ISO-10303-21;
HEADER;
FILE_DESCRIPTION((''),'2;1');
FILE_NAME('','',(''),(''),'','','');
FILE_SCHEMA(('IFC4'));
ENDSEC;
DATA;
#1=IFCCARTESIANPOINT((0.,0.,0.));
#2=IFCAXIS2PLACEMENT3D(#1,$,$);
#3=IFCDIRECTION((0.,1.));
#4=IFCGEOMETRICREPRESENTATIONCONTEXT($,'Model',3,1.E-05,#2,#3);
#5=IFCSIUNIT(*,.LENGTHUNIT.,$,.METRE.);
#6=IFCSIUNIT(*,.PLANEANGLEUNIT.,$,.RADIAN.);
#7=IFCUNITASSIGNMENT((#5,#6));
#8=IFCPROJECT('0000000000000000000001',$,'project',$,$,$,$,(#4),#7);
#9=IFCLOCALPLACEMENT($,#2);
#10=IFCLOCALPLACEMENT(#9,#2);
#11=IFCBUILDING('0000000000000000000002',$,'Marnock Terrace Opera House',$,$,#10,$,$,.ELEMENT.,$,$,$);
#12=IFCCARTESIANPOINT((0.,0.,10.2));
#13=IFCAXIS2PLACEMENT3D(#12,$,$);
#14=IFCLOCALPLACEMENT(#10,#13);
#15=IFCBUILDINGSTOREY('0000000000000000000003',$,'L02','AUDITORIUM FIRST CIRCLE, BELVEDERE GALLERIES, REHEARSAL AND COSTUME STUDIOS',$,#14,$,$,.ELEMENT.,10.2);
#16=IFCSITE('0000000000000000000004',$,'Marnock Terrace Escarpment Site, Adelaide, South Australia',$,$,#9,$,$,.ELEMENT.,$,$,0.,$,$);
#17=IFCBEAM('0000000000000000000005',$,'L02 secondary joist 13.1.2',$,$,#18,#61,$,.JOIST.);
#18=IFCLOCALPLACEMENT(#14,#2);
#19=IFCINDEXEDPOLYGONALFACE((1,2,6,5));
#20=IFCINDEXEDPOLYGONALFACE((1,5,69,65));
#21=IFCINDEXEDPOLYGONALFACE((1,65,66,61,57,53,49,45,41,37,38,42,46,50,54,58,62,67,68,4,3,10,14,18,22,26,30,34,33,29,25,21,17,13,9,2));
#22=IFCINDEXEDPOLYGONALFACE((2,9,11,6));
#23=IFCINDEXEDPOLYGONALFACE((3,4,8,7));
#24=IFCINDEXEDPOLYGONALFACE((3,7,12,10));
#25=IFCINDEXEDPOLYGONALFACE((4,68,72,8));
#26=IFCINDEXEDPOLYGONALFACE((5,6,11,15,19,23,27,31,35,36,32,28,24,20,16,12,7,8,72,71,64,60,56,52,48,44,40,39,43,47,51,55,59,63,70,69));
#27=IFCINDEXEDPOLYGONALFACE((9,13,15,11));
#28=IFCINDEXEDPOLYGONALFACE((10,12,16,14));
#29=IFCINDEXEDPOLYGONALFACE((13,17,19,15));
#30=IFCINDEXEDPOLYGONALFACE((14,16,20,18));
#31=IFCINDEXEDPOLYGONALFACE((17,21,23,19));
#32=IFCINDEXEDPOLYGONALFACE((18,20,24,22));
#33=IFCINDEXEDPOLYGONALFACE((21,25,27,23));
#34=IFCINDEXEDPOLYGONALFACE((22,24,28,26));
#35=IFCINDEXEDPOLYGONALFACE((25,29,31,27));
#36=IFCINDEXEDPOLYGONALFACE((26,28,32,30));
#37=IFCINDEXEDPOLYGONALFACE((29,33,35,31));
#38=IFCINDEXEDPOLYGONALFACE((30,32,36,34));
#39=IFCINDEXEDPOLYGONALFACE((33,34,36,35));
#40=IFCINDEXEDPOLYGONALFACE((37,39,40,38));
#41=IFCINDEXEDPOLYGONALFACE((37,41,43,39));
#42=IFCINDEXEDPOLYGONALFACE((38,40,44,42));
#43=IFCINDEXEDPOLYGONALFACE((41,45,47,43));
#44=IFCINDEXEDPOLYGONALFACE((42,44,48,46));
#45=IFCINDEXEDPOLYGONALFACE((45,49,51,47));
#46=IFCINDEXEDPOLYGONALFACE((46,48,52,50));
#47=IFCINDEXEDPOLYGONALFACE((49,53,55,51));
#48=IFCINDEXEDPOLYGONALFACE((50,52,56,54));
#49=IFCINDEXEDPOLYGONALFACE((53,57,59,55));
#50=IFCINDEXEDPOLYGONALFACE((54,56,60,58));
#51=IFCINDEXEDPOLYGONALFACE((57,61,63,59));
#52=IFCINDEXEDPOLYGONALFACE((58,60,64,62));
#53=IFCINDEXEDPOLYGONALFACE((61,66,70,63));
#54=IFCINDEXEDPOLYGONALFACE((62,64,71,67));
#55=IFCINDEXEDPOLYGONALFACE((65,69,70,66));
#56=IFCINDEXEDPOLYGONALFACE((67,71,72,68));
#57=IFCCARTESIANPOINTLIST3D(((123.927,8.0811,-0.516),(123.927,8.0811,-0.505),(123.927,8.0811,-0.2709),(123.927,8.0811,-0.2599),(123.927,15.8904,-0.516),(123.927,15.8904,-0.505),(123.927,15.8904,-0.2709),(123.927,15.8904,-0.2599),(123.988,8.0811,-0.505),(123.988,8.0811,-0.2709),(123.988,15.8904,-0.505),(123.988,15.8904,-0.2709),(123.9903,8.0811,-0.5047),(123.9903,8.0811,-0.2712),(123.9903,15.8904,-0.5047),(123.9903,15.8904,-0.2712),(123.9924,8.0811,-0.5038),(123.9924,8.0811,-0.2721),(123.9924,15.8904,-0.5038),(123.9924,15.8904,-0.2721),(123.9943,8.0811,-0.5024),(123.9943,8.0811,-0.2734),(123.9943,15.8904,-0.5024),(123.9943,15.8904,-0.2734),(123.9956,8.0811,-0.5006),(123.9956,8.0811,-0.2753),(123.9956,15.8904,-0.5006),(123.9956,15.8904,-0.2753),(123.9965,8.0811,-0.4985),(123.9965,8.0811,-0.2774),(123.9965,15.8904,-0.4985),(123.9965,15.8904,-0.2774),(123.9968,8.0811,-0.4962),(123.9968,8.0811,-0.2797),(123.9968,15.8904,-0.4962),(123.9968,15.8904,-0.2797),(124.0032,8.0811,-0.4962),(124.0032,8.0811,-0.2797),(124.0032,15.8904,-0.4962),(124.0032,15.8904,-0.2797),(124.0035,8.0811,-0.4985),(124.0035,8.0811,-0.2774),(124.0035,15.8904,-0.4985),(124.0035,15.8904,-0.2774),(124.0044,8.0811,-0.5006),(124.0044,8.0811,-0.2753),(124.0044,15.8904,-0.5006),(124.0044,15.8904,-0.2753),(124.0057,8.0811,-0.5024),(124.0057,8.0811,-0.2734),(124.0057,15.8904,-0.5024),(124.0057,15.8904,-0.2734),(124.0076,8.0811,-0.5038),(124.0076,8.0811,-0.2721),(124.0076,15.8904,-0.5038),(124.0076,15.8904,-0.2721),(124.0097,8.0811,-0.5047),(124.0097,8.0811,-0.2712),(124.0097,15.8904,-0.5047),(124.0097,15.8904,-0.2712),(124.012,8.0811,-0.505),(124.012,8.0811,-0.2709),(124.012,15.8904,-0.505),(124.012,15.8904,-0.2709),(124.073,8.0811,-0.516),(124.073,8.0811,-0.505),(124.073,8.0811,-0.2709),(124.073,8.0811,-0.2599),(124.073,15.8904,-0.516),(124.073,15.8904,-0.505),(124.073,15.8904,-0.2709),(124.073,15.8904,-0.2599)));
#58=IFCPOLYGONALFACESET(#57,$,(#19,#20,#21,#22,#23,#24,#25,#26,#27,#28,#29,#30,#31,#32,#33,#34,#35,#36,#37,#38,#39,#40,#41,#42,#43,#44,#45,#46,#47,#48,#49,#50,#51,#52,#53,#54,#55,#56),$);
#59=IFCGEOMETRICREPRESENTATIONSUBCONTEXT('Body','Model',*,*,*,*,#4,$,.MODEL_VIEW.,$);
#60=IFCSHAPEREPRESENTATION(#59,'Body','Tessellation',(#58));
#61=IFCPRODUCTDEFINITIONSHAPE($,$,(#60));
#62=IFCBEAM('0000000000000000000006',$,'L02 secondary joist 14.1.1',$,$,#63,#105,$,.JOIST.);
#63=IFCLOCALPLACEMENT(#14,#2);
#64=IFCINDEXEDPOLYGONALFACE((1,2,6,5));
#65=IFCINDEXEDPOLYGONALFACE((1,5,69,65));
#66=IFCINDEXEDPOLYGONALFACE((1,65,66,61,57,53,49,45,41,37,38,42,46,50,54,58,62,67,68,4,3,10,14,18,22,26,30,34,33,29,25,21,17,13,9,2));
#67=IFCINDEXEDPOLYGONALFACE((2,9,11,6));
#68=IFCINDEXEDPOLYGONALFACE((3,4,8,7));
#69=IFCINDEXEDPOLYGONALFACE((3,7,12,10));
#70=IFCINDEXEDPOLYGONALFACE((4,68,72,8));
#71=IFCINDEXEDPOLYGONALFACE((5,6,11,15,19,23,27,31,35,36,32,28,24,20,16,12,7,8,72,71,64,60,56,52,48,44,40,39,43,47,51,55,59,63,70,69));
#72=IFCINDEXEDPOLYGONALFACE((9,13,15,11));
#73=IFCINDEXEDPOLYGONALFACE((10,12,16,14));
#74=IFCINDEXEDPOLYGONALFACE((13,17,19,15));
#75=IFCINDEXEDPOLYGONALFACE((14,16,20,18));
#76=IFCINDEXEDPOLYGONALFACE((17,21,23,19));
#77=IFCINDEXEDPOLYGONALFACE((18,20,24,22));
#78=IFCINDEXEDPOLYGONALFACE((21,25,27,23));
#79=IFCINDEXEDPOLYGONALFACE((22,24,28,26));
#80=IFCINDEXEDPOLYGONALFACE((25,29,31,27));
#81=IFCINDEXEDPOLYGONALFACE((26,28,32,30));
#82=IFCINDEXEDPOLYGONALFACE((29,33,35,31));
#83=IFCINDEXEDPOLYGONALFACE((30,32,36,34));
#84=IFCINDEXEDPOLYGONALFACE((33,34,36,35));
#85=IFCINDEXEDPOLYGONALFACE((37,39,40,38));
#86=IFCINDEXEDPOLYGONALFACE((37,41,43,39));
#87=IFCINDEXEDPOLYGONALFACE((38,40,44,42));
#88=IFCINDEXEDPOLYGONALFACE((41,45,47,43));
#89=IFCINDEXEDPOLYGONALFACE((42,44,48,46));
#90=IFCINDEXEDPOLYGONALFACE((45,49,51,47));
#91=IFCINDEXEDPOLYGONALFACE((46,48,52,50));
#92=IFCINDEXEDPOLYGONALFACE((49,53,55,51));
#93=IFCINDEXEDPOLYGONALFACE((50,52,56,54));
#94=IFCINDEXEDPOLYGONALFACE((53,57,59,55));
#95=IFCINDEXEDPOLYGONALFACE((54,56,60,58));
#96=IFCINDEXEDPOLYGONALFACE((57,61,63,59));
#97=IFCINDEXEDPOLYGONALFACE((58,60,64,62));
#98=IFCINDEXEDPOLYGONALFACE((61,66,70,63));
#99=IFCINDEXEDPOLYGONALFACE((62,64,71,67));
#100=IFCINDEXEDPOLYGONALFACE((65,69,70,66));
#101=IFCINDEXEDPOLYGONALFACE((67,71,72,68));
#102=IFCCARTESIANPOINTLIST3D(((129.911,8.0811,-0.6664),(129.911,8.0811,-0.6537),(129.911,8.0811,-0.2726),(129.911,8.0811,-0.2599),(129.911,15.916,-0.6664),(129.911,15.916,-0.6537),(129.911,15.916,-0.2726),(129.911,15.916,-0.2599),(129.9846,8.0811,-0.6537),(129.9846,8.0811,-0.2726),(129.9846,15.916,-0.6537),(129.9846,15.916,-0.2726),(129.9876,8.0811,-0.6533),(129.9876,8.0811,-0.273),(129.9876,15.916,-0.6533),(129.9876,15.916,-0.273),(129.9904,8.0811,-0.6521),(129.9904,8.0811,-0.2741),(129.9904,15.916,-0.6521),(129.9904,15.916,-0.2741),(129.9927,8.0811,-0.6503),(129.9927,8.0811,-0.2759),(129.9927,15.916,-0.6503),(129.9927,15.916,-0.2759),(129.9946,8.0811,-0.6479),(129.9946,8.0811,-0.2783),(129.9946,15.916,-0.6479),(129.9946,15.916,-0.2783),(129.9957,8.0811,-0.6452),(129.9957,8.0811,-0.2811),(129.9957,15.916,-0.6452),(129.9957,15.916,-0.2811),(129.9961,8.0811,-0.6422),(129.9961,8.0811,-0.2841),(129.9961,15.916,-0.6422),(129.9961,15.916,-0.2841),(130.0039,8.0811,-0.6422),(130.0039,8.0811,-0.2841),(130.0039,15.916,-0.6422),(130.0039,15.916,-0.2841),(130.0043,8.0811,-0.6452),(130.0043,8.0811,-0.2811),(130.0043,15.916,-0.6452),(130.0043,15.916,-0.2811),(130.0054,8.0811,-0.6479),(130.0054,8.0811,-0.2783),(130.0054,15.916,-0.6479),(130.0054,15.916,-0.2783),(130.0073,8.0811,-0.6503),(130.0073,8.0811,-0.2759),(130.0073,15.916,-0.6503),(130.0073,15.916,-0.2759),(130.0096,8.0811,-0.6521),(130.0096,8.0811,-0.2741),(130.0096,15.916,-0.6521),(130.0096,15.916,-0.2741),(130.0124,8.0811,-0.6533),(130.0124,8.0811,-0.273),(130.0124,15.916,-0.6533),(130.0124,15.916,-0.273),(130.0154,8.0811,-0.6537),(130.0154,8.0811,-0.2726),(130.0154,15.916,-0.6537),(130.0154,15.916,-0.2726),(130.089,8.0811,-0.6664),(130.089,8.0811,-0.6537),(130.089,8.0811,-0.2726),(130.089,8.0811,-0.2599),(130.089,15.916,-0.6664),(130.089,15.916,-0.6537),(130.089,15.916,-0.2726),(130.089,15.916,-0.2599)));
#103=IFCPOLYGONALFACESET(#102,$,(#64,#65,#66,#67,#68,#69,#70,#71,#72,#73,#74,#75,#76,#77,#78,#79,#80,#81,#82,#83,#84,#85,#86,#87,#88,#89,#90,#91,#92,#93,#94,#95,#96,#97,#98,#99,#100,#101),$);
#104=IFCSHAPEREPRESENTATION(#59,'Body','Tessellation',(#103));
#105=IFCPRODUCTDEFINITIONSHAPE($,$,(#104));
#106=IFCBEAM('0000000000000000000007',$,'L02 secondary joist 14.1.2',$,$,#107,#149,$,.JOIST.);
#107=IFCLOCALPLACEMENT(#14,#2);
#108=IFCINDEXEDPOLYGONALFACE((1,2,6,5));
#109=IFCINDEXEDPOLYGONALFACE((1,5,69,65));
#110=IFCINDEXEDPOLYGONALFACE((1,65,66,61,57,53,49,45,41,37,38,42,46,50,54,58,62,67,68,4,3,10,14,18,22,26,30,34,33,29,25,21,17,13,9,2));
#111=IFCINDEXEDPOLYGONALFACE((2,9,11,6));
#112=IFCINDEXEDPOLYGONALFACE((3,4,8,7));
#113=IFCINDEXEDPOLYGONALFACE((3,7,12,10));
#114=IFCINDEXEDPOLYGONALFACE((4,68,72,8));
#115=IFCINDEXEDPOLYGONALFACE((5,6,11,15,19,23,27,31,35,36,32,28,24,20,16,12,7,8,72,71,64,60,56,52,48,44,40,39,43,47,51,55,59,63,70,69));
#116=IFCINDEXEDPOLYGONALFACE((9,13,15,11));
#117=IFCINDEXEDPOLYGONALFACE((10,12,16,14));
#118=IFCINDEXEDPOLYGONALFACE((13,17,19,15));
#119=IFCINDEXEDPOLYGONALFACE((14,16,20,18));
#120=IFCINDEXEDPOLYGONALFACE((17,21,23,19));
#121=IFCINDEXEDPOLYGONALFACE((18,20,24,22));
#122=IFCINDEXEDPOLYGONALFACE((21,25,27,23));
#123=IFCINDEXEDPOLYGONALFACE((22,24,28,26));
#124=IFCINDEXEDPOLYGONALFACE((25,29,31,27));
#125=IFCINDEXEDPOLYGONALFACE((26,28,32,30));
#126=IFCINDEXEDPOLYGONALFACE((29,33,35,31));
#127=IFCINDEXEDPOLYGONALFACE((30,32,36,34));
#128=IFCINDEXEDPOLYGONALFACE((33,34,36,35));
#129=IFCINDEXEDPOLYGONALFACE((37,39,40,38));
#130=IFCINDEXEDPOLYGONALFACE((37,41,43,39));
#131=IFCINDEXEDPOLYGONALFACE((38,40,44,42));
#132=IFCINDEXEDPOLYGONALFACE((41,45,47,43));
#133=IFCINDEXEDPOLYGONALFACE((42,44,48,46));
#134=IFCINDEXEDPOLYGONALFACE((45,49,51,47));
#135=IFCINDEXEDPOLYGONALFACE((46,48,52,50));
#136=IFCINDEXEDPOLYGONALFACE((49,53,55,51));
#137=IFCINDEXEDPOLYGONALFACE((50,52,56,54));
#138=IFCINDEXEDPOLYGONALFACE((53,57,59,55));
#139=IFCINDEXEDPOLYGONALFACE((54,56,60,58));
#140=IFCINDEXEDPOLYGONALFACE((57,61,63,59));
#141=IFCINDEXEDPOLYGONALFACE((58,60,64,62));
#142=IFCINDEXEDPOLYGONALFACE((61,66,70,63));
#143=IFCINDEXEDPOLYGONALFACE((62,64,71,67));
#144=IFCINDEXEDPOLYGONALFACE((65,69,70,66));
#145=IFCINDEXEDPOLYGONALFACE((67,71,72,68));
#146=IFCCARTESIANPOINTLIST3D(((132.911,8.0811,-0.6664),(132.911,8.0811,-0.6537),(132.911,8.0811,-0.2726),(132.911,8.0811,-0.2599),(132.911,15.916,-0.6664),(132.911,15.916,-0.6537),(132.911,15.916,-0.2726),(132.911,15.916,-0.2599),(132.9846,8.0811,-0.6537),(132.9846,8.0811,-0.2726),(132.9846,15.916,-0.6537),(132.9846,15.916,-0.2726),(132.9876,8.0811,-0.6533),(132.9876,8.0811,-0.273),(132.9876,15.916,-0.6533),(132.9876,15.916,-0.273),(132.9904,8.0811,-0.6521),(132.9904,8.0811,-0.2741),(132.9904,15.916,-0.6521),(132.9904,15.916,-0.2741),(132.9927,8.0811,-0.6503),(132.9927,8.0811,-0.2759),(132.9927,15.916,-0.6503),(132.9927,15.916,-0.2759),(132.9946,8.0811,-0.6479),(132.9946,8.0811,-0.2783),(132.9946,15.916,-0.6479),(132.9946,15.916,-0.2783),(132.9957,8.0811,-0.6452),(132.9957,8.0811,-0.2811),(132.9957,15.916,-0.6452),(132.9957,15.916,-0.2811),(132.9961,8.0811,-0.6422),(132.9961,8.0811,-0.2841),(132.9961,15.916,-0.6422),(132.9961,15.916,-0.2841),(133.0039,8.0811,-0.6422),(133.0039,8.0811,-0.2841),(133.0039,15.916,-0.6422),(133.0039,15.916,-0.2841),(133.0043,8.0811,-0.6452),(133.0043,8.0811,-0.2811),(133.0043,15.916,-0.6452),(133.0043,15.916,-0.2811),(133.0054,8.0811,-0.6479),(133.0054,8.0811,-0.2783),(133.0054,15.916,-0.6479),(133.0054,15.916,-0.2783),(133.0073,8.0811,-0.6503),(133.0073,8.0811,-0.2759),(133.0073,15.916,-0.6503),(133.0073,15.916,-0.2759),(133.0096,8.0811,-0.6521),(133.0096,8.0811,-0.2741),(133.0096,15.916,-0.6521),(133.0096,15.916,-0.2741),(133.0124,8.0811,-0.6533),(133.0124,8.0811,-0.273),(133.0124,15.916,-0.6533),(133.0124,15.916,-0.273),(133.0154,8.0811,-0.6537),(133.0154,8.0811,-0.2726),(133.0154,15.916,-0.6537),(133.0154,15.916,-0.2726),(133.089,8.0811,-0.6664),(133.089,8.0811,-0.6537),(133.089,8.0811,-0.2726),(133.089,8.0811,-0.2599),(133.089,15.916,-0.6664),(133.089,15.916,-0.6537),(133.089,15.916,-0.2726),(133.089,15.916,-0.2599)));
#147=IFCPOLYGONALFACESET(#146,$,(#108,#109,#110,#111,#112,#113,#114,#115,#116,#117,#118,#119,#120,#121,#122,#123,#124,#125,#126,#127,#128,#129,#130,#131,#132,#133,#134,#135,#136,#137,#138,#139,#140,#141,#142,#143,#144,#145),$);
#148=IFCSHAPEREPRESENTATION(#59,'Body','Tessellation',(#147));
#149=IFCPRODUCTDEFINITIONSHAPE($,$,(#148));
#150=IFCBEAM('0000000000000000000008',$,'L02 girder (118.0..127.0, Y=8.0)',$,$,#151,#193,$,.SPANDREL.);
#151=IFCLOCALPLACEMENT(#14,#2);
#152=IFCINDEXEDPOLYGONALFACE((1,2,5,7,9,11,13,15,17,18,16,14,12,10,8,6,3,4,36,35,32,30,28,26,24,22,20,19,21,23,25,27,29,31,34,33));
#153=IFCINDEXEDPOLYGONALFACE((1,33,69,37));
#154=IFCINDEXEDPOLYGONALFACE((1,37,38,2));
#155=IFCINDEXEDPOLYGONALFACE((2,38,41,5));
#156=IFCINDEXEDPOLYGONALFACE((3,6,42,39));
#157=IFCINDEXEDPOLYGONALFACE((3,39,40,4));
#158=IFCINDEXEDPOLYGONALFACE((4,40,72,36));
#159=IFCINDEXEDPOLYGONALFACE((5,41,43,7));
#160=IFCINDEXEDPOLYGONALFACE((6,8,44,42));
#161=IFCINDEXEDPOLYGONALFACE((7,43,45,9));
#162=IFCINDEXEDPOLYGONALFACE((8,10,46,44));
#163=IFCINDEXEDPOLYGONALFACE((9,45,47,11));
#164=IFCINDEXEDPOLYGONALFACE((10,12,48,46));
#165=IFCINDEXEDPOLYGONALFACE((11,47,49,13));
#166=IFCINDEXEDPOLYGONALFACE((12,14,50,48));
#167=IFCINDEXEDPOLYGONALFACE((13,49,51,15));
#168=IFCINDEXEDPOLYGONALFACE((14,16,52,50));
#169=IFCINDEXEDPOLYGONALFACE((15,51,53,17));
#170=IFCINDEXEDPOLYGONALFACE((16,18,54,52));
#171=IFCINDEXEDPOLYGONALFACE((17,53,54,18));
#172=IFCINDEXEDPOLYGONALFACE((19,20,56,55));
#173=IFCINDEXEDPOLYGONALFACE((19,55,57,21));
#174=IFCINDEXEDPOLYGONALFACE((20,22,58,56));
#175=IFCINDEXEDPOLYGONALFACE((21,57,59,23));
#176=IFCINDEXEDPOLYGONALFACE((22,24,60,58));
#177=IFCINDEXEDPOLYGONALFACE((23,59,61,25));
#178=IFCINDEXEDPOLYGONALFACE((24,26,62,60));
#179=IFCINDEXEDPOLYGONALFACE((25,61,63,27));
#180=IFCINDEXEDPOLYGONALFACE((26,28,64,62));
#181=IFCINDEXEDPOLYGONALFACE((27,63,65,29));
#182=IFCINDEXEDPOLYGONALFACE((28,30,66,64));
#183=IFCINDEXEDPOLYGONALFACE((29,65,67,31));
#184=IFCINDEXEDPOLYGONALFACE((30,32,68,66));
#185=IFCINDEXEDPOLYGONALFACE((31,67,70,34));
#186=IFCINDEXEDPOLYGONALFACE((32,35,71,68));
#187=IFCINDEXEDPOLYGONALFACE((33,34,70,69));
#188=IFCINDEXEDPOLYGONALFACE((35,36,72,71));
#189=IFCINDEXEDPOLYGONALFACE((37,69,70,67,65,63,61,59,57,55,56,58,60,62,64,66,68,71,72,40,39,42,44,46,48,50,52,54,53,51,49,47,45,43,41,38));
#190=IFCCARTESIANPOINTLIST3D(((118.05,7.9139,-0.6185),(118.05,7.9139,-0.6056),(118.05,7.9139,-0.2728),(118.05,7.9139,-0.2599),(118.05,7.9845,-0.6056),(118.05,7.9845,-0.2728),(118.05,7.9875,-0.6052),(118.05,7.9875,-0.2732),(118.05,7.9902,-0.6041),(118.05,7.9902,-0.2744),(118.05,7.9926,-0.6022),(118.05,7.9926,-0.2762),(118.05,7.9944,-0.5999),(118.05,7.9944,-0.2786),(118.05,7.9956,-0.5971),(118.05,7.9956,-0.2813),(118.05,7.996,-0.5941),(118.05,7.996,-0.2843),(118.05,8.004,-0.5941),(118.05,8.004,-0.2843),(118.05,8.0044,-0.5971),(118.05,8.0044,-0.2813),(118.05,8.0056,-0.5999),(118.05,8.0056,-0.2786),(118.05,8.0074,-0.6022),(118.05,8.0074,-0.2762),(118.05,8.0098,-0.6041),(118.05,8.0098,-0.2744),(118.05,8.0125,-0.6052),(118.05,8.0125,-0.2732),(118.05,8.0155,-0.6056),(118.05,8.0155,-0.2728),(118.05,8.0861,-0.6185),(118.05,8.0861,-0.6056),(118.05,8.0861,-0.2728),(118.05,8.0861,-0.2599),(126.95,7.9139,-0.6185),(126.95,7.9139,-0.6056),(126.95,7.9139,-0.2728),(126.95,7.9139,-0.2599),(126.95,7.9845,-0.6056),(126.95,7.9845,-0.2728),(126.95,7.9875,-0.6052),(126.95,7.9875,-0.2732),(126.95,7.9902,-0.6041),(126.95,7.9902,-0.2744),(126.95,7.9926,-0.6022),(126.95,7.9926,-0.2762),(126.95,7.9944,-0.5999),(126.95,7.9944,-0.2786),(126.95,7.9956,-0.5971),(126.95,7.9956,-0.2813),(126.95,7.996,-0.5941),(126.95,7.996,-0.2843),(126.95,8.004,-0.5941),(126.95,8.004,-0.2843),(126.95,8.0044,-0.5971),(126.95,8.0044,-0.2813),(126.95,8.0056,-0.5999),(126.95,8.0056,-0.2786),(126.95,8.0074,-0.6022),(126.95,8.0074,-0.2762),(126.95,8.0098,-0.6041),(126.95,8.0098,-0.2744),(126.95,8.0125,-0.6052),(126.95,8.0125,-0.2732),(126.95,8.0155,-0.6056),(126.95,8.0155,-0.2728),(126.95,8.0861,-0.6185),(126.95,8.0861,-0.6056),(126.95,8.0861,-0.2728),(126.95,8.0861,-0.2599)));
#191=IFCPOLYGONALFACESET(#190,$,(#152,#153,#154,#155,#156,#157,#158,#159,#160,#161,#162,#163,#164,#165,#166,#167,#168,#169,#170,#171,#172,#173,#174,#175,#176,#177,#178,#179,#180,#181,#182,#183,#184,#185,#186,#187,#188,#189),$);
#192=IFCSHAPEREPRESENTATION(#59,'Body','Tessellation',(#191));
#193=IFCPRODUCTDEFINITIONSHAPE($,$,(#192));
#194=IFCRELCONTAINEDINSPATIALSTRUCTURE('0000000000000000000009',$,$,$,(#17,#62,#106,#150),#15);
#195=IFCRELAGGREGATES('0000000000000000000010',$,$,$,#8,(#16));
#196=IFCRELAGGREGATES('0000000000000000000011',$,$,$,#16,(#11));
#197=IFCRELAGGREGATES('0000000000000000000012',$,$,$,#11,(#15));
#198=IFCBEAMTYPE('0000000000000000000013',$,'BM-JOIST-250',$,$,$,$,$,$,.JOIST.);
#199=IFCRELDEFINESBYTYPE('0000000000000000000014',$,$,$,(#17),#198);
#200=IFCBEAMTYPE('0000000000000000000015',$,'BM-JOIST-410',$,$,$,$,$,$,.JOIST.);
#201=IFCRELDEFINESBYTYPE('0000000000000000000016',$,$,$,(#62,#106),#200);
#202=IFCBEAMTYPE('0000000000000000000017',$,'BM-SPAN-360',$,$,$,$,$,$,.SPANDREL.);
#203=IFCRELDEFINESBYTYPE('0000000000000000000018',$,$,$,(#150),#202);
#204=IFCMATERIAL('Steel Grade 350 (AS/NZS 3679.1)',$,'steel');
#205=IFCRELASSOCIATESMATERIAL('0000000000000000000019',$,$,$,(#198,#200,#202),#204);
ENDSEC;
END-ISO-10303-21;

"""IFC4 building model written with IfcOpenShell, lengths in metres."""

from ifc_helpers import new_model, si_unit, direction, frame, origin, origin_2d, place, context, subcontext, project, spatial, i_section, extrude, material, material_profile, profile_set, type_object, element, save


model = new_model("IFC4")

# Units and contexts
model_context = context("Model", 3, precision=1e-05, world=origin(), true_north=direction((0.0, 1.0)))
body_context = subcontext(model_context, "Body", "Model", "MODEL_VIEW")
ifc_project = project(units=[si_unit("LENGTHUNIT", "METRE"), si_unit("PLANEANGLEUNIT", "RADIAN")], contexts=[model_context])

# Site, building, storey
site_placement = place(None, origin())
site = spatial("IfcSite", under=ifc_project, at=site_placement, Name="Marnock Terrace Escarpment Site, Adelaide, South Australia", CompositionType="ELEMENT", RefElevation=0.0)
building_placement = place(site_placement, origin())
building = spatial("IfcBuilding", under=site, at=building_placement, Name="Marnock Terrace Opera House", CompositionType="ELEMENT")
storey_placement = place(building_placement, frame((0.0, 0.0, 10.2)))
storey = spatial("IfcBuildingStorey", under=building, at=storey_placement, Name="L02", Description="AUDITORIUM FIRST CIRCLE, BELVEDERE GALLERIES, REHEARSAL AND COSTUME STUDIOS", CompositionType="ELEMENT", Elevation=10.2)

# Beams
ifc_material_1 = material(Name="Steel Grade 350 (AS/NZS 3679.1)", Category="steel")
ifc_material_profile_1 = material_profile(ifc_material_1, i_section(OverallWidth=0.146, OverallDepth=0.2561, WebThickness=0.0063, FlangeThickness=0.011, FilletRadius=0.0088, at=origin_2d()))
ifc_profile_set_1 = profile_set([ifc_material_profile_1], Name="Steel Grade 350 (AS/NZS 3679.1)")
beam_type_1 = type_object("IfcBeamType", Name="BM-JOIST-250", PredefinedType="JOIST", material=ifc_profile_set_1)
for number, where, z_axis, x_axis, name in (
    (1, (124.0, 8.0811, -0.3879), (0.0, 1.0, 0.0), (-1.0, 0.0, 0.0), "L02 secondary joist 13.1.2"),
):
    element("IfcBeam", number, at=place(storey_placement, frame(where, z_axis=z_axis, x_axis=x_axis)), inside=storey, type_object=beam_type_1, Name=name, PredefinedType="JOIST", context=body_context, shape_type="SweptSolid", body=[
        extrude(i_section(OverallWidth=0.146, OverallDepth=0.2561, WebThickness=0.0063, FlangeThickness=0.011, FilletRadius=0.0088, at=origin_2d()), origin(), (0.0, 0.0, 1.0), 7.8093),
    ])
ifc_material_profile_2 = material_profile(ifc_material_1, i_section(OverallWidth=0.178, OverallDepth=0.4065, WebThickness=0.0078, FlangeThickness=0.0127, FilletRadius=0.0115, at=origin_2d()))
ifc_profile_set_2 = profile_set([ifc_material_profile_2], Name="Steel Grade 350 (AS/NZS 3679.1)")
beam_type_2 = type_object("IfcBeamType", Name="BM-JOIST-410", PredefinedType="JOIST", material=ifc_profile_set_2)
for number, where, z_axis, x_axis, name in (
    (2, (130.0, 8.0811, -0.4631), (0.0, 1.0, 0.0), (-1.0, 0.0, 0.0), "L02 secondary joist 14.1.1"),
    (3, (133.0, 8.0811, -0.4631), (0.0, 1.0, 0.0), (-1.0, 0.0, 0.0), "L02 secondary joist 14.1.2"),
):
    element("IfcBeam", number, at=place(storey_placement, frame(where, z_axis=z_axis, x_axis=x_axis)), inside=storey, type_object=beam_type_2, Name=name, PredefinedType="JOIST", context=body_context, shape_type="SweptSolid", body=[
        extrude(i_section(OverallWidth=0.178, OverallDepth=0.4065, WebThickness=0.0078, FlangeThickness=0.0127, FilletRadius=0.0115, at=origin_2d()), origin(), (0.0, 0.0, 1.0), 7.835),
    ])
ifc_material_profile_3 = material_profile(ifc_material_1, i_section(OverallWidth=0.1721, OverallDepth=0.3586, WebThickness=0.0081, FlangeThickness=0.0129, FilletRadius=0.0115, at=origin_2d()))
ifc_profile_set_3 = profile_set([ifc_material_profile_3], Name="Steel Grade 350 (AS/NZS 3679.1)")
beam_type_3 = type_object("IfcBeamType", Name="BM-SPAN-360", PredefinedType="SPANDREL", material=ifc_profile_set_3)
for number, where, z_axis, x_axis, name in (
    (4, (118.05, 8.0, -0.4392), (1.0, 0.0, 0.0), (0.0, 1.0, 0.0), "L02 girder (118.0..127.0, Y=8.0)"),
):
    element("IfcBeam", number, at=place(storey_placement, frame(where, z_axis=z_axis, x_axis=x_axis)), inside=storey, type_object=beam_type_3, Name=name, PredefinedType="SPANDREL", context=body_context, shape_type="SweptSolid", body=[
        extrude(i_section(OverallWidth=0.1721, OverallDepth=0.3586, WebThickness=0.0081, FlangeThickness=0.0129, FilletRadius=0.0115, at=origin_2d()), origin(), (0.0, 0.0, 1.0), 8.8999),
    ])

save(model, "model.ifc")
